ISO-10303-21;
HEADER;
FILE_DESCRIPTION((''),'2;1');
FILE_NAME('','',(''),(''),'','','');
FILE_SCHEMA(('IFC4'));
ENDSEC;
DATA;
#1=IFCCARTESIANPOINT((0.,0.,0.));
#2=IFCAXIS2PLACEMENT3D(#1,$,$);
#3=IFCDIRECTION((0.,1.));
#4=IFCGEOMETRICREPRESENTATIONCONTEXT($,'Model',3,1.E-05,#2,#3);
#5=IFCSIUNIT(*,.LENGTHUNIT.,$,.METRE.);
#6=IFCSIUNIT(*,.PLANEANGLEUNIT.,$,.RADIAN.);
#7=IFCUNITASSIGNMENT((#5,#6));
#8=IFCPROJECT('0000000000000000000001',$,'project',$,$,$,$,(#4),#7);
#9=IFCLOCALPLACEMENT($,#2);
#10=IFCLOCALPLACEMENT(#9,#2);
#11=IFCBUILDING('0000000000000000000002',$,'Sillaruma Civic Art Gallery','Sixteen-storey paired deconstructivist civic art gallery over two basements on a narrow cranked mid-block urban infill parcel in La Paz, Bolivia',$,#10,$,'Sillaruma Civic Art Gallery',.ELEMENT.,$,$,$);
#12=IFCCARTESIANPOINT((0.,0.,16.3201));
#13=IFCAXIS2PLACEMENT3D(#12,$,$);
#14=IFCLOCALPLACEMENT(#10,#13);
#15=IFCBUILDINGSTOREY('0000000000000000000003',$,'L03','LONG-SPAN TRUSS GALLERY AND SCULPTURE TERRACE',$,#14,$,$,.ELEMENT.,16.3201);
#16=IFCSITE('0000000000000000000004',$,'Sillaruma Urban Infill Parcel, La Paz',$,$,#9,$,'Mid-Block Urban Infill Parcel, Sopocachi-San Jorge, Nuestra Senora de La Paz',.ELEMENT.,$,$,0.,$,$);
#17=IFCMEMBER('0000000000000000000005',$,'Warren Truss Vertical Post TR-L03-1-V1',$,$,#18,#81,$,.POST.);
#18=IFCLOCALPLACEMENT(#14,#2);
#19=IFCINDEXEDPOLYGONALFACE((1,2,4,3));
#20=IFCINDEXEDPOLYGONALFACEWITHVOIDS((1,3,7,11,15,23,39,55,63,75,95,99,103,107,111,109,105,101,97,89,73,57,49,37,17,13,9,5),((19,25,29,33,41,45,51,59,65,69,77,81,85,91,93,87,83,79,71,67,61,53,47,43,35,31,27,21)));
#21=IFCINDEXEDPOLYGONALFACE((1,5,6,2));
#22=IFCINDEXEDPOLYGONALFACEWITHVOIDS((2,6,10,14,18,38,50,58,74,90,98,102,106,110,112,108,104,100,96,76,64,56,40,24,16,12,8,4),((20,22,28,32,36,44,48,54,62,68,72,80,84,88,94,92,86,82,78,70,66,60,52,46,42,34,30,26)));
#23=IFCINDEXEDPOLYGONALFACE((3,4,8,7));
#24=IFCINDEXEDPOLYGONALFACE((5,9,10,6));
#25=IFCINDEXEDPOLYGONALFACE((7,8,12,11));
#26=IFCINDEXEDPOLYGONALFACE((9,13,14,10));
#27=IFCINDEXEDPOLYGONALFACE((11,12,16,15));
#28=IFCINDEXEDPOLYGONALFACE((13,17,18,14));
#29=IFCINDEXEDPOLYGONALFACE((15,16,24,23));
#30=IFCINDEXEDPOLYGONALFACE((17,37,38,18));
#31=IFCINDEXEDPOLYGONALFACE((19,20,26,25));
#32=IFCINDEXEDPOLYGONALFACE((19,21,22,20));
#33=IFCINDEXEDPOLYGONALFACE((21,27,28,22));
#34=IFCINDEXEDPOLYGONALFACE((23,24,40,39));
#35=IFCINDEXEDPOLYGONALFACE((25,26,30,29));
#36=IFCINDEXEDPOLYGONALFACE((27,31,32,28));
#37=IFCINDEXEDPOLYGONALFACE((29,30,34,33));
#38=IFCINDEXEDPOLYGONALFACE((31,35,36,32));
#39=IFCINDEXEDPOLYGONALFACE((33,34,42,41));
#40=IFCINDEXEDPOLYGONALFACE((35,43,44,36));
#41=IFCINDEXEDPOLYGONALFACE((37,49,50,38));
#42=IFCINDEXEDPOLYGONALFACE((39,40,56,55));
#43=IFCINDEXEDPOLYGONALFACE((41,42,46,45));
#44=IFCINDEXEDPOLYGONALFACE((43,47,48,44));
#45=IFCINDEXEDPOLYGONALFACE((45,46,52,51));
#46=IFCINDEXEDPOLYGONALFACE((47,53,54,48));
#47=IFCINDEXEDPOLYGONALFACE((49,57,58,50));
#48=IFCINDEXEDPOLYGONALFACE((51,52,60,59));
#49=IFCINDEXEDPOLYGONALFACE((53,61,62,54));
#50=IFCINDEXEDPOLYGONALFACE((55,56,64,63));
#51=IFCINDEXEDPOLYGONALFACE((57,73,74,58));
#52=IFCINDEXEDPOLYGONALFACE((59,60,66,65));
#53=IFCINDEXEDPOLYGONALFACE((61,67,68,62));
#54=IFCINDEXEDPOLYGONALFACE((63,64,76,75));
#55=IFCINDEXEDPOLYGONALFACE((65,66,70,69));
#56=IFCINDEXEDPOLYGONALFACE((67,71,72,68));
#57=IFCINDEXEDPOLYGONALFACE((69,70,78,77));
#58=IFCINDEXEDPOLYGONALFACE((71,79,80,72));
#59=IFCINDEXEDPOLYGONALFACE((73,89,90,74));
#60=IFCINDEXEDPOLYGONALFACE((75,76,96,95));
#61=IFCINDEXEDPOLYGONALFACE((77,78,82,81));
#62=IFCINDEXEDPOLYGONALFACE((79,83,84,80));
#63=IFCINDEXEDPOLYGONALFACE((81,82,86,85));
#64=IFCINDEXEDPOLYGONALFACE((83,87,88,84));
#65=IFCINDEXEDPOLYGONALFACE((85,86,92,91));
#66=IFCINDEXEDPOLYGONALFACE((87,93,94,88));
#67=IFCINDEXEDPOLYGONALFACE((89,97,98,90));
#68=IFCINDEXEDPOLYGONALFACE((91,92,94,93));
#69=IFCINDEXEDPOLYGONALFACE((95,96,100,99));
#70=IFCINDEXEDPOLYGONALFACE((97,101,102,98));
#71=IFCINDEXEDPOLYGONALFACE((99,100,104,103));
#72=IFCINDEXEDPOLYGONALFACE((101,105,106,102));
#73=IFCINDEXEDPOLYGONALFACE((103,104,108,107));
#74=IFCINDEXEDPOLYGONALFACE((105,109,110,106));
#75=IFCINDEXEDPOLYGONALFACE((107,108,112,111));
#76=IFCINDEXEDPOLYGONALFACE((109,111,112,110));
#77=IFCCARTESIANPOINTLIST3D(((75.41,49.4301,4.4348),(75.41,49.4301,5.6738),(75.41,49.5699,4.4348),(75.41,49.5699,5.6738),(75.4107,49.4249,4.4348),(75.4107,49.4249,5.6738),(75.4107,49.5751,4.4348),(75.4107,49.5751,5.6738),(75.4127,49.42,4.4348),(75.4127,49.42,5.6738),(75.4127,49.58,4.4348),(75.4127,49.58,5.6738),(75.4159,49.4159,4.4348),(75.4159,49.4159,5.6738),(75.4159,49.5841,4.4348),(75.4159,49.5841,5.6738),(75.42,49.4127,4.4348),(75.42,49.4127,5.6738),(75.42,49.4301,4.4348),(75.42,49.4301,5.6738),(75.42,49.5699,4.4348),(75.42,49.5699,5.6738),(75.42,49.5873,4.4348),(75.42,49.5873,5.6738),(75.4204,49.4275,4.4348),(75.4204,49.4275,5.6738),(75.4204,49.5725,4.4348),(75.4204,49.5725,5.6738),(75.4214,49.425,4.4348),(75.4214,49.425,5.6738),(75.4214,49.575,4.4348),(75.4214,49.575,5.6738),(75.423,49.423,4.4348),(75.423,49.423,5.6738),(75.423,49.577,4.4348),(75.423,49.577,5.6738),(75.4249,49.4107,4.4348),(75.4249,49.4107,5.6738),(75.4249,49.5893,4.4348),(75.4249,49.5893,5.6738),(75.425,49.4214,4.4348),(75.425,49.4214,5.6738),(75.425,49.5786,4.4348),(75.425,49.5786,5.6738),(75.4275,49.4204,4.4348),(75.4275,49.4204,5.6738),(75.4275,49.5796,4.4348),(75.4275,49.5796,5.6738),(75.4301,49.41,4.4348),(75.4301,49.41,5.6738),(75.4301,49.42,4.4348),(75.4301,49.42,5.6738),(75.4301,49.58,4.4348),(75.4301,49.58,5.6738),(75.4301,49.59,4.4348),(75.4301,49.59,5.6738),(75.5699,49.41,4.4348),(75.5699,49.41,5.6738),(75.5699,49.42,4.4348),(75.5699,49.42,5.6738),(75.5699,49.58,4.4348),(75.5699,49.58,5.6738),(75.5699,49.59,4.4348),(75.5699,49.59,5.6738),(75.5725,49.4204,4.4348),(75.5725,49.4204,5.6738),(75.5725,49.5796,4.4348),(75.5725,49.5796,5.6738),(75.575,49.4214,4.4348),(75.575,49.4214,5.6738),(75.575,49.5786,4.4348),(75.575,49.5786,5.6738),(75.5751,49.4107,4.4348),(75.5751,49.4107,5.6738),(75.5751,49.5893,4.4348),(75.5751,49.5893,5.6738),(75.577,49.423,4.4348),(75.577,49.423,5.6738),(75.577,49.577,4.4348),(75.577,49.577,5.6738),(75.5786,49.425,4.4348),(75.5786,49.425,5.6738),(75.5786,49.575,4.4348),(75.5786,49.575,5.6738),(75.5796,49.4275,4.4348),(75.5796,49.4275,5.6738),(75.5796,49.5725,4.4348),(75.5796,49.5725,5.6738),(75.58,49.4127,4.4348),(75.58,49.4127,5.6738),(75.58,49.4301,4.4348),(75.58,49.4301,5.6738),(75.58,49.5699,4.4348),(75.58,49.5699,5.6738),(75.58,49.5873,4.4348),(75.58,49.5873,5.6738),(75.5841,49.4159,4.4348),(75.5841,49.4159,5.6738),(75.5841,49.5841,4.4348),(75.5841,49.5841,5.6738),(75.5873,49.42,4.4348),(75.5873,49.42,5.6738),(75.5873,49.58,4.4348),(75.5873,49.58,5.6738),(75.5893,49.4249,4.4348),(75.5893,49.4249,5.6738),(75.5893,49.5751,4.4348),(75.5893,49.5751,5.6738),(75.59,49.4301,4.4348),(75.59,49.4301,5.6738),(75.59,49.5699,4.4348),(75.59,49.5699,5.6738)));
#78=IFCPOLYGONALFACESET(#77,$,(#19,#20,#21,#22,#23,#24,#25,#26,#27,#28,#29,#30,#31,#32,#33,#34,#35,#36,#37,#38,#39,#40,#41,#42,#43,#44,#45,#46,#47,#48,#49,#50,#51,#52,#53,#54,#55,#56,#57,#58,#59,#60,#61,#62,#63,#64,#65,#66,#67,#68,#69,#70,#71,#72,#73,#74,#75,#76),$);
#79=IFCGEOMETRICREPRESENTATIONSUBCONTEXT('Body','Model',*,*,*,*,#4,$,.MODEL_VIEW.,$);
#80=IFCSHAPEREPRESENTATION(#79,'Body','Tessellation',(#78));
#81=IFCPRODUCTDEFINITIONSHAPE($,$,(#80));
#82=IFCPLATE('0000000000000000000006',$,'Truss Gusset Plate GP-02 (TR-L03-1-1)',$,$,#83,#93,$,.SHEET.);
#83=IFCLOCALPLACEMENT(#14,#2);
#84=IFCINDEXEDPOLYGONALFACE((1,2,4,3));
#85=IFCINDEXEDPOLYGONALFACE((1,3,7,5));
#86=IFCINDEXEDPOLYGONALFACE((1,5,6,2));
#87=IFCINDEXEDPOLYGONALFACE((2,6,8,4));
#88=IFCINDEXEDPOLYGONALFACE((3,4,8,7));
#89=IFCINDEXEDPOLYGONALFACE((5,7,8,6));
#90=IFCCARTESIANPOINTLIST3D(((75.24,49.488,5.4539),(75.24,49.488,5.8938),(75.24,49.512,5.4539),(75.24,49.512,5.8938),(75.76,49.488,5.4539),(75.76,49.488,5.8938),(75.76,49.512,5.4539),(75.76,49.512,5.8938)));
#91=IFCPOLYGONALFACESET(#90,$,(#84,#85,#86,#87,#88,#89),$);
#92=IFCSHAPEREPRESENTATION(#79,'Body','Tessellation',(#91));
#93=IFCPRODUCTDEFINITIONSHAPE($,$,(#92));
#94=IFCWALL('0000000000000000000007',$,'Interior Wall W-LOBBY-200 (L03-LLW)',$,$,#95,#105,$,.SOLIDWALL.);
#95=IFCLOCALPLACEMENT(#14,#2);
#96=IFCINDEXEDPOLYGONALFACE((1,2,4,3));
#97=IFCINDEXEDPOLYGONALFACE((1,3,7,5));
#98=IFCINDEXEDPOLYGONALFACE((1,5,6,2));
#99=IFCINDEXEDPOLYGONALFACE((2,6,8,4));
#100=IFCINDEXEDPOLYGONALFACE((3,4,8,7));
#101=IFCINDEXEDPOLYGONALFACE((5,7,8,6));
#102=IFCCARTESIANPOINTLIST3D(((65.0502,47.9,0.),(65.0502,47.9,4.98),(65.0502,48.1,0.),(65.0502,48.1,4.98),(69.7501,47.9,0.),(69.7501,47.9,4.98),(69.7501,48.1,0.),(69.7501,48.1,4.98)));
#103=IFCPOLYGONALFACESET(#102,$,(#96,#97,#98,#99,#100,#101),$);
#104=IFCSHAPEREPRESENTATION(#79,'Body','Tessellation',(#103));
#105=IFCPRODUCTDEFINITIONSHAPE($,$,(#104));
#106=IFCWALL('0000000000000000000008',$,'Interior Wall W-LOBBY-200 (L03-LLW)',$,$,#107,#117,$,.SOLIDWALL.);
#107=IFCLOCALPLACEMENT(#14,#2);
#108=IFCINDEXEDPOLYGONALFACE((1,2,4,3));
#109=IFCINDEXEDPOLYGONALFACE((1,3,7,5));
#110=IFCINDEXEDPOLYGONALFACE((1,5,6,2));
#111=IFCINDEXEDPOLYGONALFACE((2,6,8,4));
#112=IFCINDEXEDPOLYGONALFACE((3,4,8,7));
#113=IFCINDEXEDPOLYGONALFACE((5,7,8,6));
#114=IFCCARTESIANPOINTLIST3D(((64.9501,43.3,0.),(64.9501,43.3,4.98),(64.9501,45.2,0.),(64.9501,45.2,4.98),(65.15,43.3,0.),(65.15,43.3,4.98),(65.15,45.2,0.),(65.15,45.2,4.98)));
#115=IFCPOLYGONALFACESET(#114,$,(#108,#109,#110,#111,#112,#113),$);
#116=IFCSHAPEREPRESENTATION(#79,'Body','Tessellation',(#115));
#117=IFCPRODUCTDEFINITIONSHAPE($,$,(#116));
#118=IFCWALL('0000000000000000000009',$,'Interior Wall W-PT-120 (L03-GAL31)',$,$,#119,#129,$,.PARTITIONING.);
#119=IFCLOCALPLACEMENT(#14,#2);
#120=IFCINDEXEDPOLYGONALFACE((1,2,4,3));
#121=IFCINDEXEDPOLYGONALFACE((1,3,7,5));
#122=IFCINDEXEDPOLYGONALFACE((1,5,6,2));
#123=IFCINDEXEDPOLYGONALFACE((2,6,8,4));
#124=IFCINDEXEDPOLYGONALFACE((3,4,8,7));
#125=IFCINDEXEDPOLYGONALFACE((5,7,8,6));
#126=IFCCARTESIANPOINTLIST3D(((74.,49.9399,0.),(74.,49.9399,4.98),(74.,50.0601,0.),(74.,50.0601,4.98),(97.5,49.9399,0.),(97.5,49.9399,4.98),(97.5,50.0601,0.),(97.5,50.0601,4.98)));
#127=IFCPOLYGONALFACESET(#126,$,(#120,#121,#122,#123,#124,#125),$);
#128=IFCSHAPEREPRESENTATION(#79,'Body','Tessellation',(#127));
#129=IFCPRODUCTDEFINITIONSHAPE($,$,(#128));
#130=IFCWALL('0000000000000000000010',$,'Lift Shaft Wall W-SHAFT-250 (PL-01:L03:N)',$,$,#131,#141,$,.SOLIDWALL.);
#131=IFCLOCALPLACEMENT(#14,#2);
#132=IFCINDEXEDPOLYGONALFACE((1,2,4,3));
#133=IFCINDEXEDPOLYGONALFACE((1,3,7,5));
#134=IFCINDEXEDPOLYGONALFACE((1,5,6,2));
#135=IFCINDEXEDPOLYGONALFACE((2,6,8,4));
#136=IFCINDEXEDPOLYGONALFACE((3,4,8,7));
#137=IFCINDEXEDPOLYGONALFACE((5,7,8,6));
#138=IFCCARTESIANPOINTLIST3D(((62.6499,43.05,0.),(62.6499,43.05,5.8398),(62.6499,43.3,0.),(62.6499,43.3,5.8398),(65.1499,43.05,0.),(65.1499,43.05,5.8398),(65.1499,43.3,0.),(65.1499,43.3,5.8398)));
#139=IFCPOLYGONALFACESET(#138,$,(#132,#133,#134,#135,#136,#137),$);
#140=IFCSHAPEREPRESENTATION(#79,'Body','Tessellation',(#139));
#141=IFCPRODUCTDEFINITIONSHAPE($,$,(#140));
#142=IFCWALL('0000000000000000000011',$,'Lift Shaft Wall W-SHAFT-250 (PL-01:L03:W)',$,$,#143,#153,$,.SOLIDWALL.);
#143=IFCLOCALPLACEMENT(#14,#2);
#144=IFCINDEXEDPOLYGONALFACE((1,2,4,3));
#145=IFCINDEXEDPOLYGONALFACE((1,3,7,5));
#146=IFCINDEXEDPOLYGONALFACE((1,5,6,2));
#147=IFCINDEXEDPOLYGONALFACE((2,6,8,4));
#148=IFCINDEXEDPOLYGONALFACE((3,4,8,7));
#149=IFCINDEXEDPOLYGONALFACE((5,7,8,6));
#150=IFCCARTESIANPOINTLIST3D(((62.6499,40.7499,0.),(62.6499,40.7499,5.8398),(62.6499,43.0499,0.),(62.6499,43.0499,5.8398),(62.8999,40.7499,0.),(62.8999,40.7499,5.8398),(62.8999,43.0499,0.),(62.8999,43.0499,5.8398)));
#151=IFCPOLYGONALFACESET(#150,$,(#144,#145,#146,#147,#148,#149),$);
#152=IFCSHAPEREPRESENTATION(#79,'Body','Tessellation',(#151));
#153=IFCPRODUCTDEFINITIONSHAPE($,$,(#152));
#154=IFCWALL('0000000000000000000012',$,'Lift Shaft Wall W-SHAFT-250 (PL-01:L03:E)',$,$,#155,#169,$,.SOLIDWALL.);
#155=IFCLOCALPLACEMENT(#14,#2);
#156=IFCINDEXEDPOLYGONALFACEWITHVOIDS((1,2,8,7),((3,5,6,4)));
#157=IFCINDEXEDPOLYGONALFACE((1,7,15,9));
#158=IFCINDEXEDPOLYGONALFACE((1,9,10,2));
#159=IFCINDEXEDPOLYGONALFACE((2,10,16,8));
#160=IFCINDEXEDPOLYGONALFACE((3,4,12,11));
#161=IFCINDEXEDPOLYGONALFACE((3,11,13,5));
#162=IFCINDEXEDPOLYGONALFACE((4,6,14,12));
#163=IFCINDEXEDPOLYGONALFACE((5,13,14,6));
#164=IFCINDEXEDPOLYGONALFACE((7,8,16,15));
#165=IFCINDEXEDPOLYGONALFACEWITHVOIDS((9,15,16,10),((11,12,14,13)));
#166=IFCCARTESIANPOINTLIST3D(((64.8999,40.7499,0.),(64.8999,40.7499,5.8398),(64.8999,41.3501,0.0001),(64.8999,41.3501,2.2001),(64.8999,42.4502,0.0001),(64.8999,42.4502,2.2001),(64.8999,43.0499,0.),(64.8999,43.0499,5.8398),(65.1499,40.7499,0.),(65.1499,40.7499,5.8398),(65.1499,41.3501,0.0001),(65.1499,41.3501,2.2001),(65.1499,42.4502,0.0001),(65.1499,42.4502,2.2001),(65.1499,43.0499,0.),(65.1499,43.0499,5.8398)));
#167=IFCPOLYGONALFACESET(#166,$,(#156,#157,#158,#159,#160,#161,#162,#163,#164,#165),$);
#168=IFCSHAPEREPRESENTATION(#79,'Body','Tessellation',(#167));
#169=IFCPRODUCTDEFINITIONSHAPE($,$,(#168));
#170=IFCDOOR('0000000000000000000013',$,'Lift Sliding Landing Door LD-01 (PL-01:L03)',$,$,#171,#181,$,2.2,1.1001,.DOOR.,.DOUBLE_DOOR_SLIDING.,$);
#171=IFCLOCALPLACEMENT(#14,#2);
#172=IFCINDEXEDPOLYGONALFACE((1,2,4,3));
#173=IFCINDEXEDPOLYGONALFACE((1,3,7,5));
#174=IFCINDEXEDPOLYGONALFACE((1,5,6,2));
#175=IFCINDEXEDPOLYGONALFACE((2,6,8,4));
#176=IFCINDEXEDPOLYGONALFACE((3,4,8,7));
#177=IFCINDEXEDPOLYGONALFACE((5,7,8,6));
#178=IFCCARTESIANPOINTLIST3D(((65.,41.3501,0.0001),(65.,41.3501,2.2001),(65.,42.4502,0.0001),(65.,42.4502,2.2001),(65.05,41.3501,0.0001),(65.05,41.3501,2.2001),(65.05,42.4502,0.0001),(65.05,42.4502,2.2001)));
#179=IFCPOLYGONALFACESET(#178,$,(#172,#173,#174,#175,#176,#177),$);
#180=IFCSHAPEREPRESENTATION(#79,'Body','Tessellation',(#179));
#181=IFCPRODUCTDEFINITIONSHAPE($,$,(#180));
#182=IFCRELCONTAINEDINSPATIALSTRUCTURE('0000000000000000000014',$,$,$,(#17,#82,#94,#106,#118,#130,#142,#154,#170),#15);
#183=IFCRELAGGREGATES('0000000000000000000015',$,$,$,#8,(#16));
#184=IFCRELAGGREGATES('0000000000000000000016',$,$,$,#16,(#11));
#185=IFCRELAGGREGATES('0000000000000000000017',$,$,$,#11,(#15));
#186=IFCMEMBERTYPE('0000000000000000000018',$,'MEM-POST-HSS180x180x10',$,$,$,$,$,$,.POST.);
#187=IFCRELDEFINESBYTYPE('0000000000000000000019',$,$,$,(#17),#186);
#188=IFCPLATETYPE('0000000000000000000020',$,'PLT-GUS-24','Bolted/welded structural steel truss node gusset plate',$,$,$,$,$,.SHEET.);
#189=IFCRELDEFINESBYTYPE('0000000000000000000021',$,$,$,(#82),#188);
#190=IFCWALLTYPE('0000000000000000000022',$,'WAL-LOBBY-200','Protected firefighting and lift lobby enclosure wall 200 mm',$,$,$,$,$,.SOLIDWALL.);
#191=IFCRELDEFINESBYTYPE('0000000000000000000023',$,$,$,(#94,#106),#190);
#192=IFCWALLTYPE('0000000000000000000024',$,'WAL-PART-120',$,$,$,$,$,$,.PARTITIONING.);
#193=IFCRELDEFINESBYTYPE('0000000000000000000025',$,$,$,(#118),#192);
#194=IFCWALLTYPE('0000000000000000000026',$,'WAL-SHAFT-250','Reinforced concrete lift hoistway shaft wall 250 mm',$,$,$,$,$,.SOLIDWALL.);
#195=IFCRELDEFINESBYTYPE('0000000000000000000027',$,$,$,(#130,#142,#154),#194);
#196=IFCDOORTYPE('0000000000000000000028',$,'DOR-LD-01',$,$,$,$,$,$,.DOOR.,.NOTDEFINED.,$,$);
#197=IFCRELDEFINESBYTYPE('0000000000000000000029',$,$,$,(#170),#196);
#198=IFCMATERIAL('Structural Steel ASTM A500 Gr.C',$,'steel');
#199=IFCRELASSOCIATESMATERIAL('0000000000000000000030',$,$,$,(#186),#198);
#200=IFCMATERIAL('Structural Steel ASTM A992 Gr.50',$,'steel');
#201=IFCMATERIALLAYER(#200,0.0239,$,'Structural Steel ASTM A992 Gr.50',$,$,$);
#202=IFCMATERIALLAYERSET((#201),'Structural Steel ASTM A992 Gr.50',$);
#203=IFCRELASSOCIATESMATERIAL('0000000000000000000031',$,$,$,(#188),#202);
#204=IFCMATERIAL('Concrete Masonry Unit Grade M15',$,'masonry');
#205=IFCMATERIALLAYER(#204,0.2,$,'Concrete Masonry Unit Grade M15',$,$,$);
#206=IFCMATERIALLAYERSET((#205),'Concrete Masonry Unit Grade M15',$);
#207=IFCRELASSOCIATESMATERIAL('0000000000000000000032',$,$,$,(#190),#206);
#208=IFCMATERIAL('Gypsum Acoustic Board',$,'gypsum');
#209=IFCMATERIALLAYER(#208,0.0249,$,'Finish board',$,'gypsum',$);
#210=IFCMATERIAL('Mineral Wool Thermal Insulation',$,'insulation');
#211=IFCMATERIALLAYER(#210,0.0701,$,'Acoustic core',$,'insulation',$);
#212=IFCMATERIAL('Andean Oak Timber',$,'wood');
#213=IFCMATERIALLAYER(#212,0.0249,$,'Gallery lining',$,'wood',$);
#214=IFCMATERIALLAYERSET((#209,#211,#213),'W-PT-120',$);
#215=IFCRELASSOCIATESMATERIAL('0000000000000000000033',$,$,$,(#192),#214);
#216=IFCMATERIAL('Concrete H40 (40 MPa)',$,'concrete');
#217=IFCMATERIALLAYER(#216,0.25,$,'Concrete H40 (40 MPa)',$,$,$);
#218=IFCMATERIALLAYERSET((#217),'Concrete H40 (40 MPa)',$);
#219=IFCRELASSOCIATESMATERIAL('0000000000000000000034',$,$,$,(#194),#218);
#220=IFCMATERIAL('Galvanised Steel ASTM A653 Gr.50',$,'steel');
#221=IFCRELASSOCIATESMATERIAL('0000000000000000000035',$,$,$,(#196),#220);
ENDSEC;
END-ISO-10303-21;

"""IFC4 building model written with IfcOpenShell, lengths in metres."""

from ifc_helpers import new_model, si_unit, direction, frame, frame_2d, origin, origin_2d, place, context, subcontext, project, spatial, rectangle, hollow_rectangle, extrude, material, layer, layer_set, material_profile, profile_set, type_object, element, fill, save


model = new_model("IFC4")

# Units and contexts
model_context = context("Model", 3, precision=1e-05, world=origin(), true_north=direction((0.0, 1.0)))
body_context = subcontext(model_context, "Body", "Model", "MODEL_VIEW")
ifc_project = project(units=[si_unit("LENGTHUNIT", "METRE"), si_unit("PLANEANGLEUNIT", "RADIAN")], contexts=[model_context])

# Site, building, storey
site_placement = place(None, origin())
site = spatial("IfcSite", under=ifc_project, at=site_placement, Name="Sillaruma Urban Infill Parcel, La Paz", LongName="Mid-Block Urban Infill Parcel, Sopocachi-San Jorge, Nuestra Senora de La Paz", CompositionType="ELEMENT", RefElevation=0.0)
building_placement = place(site_placement, origin())
building = spatial("IfcBuilding", under=site, at=building_placement, Name="Sillaruma Civic Art Gallery", Description="Sixteen-storey paired deconstructivist civic art gallery over two basements on a narrow cranked mid-block urban infill parcel in La Paz, Bolivia", LongName="Sillaruma Civic Art Gallery", CompositionType="ELEMENT")
storey_placement = place(building_placement, frame((0.0, 0.0, 16.3201)))
storey = spatial("IfcBuildingStorey", under=building, at=storey_placement, Name="L03", Description="LONG-SPAN TRUSS GALLERY AND SCULPTURE TERRACE", CompositionType="ELEMENT", Elevation=16.3201)

# Shared definitions
ifc_material_1 = material(Name="Concrete H40 (40 MPa)", Category="concrete")

# Member
ifc_material_2 = material(Name="Structural Steel ASTM A500 Gr.C", Category="steel")
ifc_material_profile_1 = material_profile(ifc_material_2, hollow_rectangle(XDim=0.1799, YDim=0.1799, WallThickness=0.01, InnerFilletRadius=0.01, OuterFilletRadius=0.02, at=origin_2d()), Name="HSS180x180x10")
ifc_profile_set_1 = profile_set([ifc_material_profile_1], Name="Structural Steel ASTM A500 Gr.C")
member_type_1 = type_object("IfcMemberType", Name="MEM-POST-HSS180x180x10", PredefinedType="POST", material=ifc_profile_set_1)
member_1_placement = place(storey_placement, frame((75.5, 49.5, 4.4348), z_axis=(0.0, 0.0, 1.0), x_axis=(1.0, 0.0, 0.0)))
element("IfcMember", 1, at=member_1_placement, inside=storey, type_object=member_type_1, Name="Warren Truss Vertical Post TR-L03-1-V1", PredefinedType="POST", context=body_context, shape_type="SweptSolid", body=[
    extrude(hollow_rectangle(XDim=0.1799, YDim=0.1799, WallThickness=0.01, InnerFilletRadius=0.01, OuterFilletRadius=0.02, at=origin_2d()), origin(), (0.0, 0.0, 1.0), 1.239),
])

# Plate
ifc_material_3 = material(Name="Structural Steel ASTM A992 Gr.50", Category="steel")
ifc_layer_1 = layer(ifc_material_3, 0.0239, Name="Structural Steel ASTM A992 Gr.50")
ifc_layer_set_1 = layer_set([ifc_layer_1], Name="Structural Steel ASTM A992 Gr.50")
plate_type = type_object("IfcPlateType", Name="PLT-GUS-24", Description="Bolted/welded structural steel truss node gusset plate", PredefinedType="SHEET", material=ifc_layer_set_1)
plate_placement = place(storey_placement, frame((75.5, 49.5, 5.4539), z_axis=(0.0, 0.0, 1.0), x_axis=(1.0, 0.0, 0.0)))
element("IfcPlate", 2, at=plate_placement, inside=storey, type_object=plate_type, Name="Truss Gusset Plate GP-02 (TR-L03-1-1)", PredefinedType="SHEET", context=body_context, shape_type="SweptSolid", body=[
    extrude(rectangle(XDim=0.52, YDim=0.0239, at=origin_2d()), origin(), (0.0, 0.0, 1.0), 0.4399),
])

# Walls
ifc_material_4 = material(Name="Concrete Masonry Unit Grade M15", Category="masonry")
ifc_layer_2 = layer(ifc_material_4, 0.2, Name="Concrete Masonry Unit Grade M15")
ifc_layer_set_2 = layer_set([ifc_layer_2], Name="Concrete Masonry Unit Grade M15")
wall_type_1 = type_object("IfcWallType", Name="WAL-LOBBY-200", Description="Protected firefighting and lift lobby enclosure wall 200 mm", PredefinedType="SOLIDWALL", material=ifc_layer_set_2)
wall_1_placement = place(storey_placement, frame((65.05, 48.0, 0.0), z_axis=(0.0, 0.0, 1.0), x_axis=(1.0, 0.0, 0.0)))
element("IfcWall", 3, at=wall_1_placement, inside=storey, type_object=wall_type_1, Name="Interior Wall W-LOBBY-200 (L03-LLW)", PredefinedType="SOLIDWALL", context=body_context, shape_type="SweptSolid", body=[
    extrude(rectangle(XDim=4.7, YDim=0.2, at=frame_2d((2.3501, 0.0))), origin(), (0.0, 0.0, 1.0), 4.98),
])
wall_2_placement = place(storey_placement, frame((65.05, 43.3, 0.0), z_axis=(0.0, 0.0, 1.0), x_axis=(0.0, 1.0, 0.0)))
element("IfcWall", 4, at=wall_2_placement, inside=storey, type_object=wall_type_1, Name="Interior Wall W-LOBBY-200 (L03-LLW)", PredefinedType="SOLIDWALL", context=body_context, shape_type="SweptSolid", body=[
    extrude(rectangle(XDim=1.8999, YDim=0.2, at=frame_2d((0.95, 0.0))), origin(), (0.0, 0.0, 1.0), 4.98),
])
ifc_material_5 = material(Name="Gypsum Acoustic Board", Category="gypsum")
ifc_layer_3 = layer(ifc_material_5, 0.0249, Name="Finish board", Category="gypsum")
ifc_material_6 = material(Name="Mineral Wool Thermal Insulation", Category="insulation")
ifc_layer_4 = layer(ifc_material_6, 0.0701, Name="Acoustic core", Category="insulation")
ifc_material_7 = material(Name="Andean Oak Timber", Category="wood")
ifc_layer_5 = layer(ifc_material_7, 0.0249, Name="Gallery lining", Category="wood")
ifc_layer_set_3 = layer_set([ifc_layer_3, ifc_layer_4, ifc_layer_5], Name="W-PT-120")
wall_type_2 = type_object("IfcWallType", Name="WAL-PART-120", PredefinedType="PARTITIONING", material=ifc_layer_set_3)
wall_3_placement = place(storey_placement, frame((74.0, 50.0, 0.0), z_axis=(0.0, 0.0, 1.0), x_axis=(1.0, 0.0, 0.0)))
element("IfcWall", 5, at=wall_3_placement, inside=storey, type_object=wall_type_2, Name="Interior Wall W-PT-120 (L03-GAL31)", PredefinedType="PARTITIONING", context=body_context, shape_type="SweptSolid", body=[
    extrude(rectangle(XDim=23.5, YDim=0.1201, at=frame_2d((11.75, 0.0))), origin(), (0.0, 0.0, 1.0), 4.98),
])
ifc_layer_6 = layer(ifc_material_1, 0.25, Name="Concrete H40 (40 MPa)")
ifc_layer_set_4 = layer_set([ifc_layer_6], Name="Concrete H40 (40 MPa)")
wall_type_3 = type_object("IfcWallType", Name="WAL-SHAFT-250", Description="Reinforced concrete lift hoistway shaft wall 250 mm", PredefinedType="SOLIDWALL", material=ifc_layer_set_4)
wall_4_placement = place(storey_placement, frame((62.6499, 43.175, 0.0), z_axis=(0.0, 0.0, 1.0), x_axis=(1.0, 0.0, 0.0)))
element("IfcWall", 6, at=wall_4_placement, inside=storey, type_object=wall_type_3, Name="Lift Shaft Wall W-SHAFT-250 (PL-01:L03:N)", PredefinedType="SOLIDWALL", context=body_context, shape_type="SweptSolid", body=[
    extrude(rectangle(XDim=2.5, YDim=0.25, at=frame_2d((1.25, 0.0))), origin(), (0.0, 0.0, 1.0), 5.8398),
])
wall_5_placement = place(storey_placement, frame((62.7749, 40.75, 0.0), z_axis=(0.0, 0.0, 1.0), x_axis=(0.0, 1.0, 0.0)))
element("IfcWall", 7, at=wall_5_placement, inside=storey, type_object=wall_type_3, Name="Lift Shaft Wall W-SHAFT-250 (PL-01:L03:W)", PredefinedType="SOLIDWALL", context=body_context, shape_type="SweptSolid", body=[
    extrude(rectangle(XDim=2.3, YDim=0.25, at=frame_2d((1.1499, 0.0))), origin(), (0.0, 0.0, 1.0), 5.8398),
])

# Wall, opening, door
wall_6_placement = place(storey_placement, frame((65.0249, 40.75, 0.0), z_axis=(0.0, 0.0, 1.0), x_axis=(0.0, 1.0, 0.0)))
wall_6 = element("IfcWall", 8, at=wall_6_placement, inside=storey, type_object=wall_type_3, Name="Lift Shaft Wall W-SHAFT-250 (PL-01:L03:E)", PredefinedType="SOLIDWALL", context=body_context, shape_type="SweptSolid", body=[
    extrude(rectangle(XDim=2.3, YDim=0.25, at=frame_2d((1.1499, 0.0))), origin(), (0.0, 0.0, 1.0), 5.8398),
])
opening_1_placement = place(wall_6_placement, frame((0.6001, 0.0, 0.0)))
opening_1 = element("IfcOpeningElement", 9, at=opening_1_placement, cuts=wall_6, PredefinedType="OPENING", context=body_context, shape_type="SweptSolid", body=[
    extrude(rectangle(XDim=1.1001, YDim=2.2, at=frame_2d((0.55, 1.1001))), frame((0.0, 0.135, 0.0), z_axis=(0.0, -1.0, 0.0), x_axis=(1.0, 0.0, 0.0)), (0.0, 0.0, 1.0), 0.27),
])
ifc_material_8 = material(Name="Galvanised Steel ASTM A653 Gr.50", Category="steel")
door_type = type_object("IfcDoorType", Name="DOR-LD-01", OperationType="NOTDEFINED", PredefinedType="DOOR", material=ifc_material_8)
door_1_placement = place(opening_1_placement, origin())
door_1 = element("IfcDoor", 10, at=door_1_placement, inside=storey, type_object=door_type, Name="Lift Sliding Landing Door LD-01 (PL-01:L03)", OperationType="DOUBLE_DOOR_SLIDING", OverallHeight=2.2, OverallWidth=1.1001, PredefinedType="DOOR", context=body_context, shape_type="SweptSolid", body=[
    extrude(rectangle(XDim=1.1001, YDim=2.2, at=frame_2d((0.55, 1.1001))), frame((0.0, 0.0249, 0.0), z_axis=(0.0, -1.0, 0.0), x_axis=(1.0, 0.0, 0.0)), (0.0, 0.0, 1.0), 0.05),
])
fill(opening_1, door_1)

save(model, "model.ifc")
